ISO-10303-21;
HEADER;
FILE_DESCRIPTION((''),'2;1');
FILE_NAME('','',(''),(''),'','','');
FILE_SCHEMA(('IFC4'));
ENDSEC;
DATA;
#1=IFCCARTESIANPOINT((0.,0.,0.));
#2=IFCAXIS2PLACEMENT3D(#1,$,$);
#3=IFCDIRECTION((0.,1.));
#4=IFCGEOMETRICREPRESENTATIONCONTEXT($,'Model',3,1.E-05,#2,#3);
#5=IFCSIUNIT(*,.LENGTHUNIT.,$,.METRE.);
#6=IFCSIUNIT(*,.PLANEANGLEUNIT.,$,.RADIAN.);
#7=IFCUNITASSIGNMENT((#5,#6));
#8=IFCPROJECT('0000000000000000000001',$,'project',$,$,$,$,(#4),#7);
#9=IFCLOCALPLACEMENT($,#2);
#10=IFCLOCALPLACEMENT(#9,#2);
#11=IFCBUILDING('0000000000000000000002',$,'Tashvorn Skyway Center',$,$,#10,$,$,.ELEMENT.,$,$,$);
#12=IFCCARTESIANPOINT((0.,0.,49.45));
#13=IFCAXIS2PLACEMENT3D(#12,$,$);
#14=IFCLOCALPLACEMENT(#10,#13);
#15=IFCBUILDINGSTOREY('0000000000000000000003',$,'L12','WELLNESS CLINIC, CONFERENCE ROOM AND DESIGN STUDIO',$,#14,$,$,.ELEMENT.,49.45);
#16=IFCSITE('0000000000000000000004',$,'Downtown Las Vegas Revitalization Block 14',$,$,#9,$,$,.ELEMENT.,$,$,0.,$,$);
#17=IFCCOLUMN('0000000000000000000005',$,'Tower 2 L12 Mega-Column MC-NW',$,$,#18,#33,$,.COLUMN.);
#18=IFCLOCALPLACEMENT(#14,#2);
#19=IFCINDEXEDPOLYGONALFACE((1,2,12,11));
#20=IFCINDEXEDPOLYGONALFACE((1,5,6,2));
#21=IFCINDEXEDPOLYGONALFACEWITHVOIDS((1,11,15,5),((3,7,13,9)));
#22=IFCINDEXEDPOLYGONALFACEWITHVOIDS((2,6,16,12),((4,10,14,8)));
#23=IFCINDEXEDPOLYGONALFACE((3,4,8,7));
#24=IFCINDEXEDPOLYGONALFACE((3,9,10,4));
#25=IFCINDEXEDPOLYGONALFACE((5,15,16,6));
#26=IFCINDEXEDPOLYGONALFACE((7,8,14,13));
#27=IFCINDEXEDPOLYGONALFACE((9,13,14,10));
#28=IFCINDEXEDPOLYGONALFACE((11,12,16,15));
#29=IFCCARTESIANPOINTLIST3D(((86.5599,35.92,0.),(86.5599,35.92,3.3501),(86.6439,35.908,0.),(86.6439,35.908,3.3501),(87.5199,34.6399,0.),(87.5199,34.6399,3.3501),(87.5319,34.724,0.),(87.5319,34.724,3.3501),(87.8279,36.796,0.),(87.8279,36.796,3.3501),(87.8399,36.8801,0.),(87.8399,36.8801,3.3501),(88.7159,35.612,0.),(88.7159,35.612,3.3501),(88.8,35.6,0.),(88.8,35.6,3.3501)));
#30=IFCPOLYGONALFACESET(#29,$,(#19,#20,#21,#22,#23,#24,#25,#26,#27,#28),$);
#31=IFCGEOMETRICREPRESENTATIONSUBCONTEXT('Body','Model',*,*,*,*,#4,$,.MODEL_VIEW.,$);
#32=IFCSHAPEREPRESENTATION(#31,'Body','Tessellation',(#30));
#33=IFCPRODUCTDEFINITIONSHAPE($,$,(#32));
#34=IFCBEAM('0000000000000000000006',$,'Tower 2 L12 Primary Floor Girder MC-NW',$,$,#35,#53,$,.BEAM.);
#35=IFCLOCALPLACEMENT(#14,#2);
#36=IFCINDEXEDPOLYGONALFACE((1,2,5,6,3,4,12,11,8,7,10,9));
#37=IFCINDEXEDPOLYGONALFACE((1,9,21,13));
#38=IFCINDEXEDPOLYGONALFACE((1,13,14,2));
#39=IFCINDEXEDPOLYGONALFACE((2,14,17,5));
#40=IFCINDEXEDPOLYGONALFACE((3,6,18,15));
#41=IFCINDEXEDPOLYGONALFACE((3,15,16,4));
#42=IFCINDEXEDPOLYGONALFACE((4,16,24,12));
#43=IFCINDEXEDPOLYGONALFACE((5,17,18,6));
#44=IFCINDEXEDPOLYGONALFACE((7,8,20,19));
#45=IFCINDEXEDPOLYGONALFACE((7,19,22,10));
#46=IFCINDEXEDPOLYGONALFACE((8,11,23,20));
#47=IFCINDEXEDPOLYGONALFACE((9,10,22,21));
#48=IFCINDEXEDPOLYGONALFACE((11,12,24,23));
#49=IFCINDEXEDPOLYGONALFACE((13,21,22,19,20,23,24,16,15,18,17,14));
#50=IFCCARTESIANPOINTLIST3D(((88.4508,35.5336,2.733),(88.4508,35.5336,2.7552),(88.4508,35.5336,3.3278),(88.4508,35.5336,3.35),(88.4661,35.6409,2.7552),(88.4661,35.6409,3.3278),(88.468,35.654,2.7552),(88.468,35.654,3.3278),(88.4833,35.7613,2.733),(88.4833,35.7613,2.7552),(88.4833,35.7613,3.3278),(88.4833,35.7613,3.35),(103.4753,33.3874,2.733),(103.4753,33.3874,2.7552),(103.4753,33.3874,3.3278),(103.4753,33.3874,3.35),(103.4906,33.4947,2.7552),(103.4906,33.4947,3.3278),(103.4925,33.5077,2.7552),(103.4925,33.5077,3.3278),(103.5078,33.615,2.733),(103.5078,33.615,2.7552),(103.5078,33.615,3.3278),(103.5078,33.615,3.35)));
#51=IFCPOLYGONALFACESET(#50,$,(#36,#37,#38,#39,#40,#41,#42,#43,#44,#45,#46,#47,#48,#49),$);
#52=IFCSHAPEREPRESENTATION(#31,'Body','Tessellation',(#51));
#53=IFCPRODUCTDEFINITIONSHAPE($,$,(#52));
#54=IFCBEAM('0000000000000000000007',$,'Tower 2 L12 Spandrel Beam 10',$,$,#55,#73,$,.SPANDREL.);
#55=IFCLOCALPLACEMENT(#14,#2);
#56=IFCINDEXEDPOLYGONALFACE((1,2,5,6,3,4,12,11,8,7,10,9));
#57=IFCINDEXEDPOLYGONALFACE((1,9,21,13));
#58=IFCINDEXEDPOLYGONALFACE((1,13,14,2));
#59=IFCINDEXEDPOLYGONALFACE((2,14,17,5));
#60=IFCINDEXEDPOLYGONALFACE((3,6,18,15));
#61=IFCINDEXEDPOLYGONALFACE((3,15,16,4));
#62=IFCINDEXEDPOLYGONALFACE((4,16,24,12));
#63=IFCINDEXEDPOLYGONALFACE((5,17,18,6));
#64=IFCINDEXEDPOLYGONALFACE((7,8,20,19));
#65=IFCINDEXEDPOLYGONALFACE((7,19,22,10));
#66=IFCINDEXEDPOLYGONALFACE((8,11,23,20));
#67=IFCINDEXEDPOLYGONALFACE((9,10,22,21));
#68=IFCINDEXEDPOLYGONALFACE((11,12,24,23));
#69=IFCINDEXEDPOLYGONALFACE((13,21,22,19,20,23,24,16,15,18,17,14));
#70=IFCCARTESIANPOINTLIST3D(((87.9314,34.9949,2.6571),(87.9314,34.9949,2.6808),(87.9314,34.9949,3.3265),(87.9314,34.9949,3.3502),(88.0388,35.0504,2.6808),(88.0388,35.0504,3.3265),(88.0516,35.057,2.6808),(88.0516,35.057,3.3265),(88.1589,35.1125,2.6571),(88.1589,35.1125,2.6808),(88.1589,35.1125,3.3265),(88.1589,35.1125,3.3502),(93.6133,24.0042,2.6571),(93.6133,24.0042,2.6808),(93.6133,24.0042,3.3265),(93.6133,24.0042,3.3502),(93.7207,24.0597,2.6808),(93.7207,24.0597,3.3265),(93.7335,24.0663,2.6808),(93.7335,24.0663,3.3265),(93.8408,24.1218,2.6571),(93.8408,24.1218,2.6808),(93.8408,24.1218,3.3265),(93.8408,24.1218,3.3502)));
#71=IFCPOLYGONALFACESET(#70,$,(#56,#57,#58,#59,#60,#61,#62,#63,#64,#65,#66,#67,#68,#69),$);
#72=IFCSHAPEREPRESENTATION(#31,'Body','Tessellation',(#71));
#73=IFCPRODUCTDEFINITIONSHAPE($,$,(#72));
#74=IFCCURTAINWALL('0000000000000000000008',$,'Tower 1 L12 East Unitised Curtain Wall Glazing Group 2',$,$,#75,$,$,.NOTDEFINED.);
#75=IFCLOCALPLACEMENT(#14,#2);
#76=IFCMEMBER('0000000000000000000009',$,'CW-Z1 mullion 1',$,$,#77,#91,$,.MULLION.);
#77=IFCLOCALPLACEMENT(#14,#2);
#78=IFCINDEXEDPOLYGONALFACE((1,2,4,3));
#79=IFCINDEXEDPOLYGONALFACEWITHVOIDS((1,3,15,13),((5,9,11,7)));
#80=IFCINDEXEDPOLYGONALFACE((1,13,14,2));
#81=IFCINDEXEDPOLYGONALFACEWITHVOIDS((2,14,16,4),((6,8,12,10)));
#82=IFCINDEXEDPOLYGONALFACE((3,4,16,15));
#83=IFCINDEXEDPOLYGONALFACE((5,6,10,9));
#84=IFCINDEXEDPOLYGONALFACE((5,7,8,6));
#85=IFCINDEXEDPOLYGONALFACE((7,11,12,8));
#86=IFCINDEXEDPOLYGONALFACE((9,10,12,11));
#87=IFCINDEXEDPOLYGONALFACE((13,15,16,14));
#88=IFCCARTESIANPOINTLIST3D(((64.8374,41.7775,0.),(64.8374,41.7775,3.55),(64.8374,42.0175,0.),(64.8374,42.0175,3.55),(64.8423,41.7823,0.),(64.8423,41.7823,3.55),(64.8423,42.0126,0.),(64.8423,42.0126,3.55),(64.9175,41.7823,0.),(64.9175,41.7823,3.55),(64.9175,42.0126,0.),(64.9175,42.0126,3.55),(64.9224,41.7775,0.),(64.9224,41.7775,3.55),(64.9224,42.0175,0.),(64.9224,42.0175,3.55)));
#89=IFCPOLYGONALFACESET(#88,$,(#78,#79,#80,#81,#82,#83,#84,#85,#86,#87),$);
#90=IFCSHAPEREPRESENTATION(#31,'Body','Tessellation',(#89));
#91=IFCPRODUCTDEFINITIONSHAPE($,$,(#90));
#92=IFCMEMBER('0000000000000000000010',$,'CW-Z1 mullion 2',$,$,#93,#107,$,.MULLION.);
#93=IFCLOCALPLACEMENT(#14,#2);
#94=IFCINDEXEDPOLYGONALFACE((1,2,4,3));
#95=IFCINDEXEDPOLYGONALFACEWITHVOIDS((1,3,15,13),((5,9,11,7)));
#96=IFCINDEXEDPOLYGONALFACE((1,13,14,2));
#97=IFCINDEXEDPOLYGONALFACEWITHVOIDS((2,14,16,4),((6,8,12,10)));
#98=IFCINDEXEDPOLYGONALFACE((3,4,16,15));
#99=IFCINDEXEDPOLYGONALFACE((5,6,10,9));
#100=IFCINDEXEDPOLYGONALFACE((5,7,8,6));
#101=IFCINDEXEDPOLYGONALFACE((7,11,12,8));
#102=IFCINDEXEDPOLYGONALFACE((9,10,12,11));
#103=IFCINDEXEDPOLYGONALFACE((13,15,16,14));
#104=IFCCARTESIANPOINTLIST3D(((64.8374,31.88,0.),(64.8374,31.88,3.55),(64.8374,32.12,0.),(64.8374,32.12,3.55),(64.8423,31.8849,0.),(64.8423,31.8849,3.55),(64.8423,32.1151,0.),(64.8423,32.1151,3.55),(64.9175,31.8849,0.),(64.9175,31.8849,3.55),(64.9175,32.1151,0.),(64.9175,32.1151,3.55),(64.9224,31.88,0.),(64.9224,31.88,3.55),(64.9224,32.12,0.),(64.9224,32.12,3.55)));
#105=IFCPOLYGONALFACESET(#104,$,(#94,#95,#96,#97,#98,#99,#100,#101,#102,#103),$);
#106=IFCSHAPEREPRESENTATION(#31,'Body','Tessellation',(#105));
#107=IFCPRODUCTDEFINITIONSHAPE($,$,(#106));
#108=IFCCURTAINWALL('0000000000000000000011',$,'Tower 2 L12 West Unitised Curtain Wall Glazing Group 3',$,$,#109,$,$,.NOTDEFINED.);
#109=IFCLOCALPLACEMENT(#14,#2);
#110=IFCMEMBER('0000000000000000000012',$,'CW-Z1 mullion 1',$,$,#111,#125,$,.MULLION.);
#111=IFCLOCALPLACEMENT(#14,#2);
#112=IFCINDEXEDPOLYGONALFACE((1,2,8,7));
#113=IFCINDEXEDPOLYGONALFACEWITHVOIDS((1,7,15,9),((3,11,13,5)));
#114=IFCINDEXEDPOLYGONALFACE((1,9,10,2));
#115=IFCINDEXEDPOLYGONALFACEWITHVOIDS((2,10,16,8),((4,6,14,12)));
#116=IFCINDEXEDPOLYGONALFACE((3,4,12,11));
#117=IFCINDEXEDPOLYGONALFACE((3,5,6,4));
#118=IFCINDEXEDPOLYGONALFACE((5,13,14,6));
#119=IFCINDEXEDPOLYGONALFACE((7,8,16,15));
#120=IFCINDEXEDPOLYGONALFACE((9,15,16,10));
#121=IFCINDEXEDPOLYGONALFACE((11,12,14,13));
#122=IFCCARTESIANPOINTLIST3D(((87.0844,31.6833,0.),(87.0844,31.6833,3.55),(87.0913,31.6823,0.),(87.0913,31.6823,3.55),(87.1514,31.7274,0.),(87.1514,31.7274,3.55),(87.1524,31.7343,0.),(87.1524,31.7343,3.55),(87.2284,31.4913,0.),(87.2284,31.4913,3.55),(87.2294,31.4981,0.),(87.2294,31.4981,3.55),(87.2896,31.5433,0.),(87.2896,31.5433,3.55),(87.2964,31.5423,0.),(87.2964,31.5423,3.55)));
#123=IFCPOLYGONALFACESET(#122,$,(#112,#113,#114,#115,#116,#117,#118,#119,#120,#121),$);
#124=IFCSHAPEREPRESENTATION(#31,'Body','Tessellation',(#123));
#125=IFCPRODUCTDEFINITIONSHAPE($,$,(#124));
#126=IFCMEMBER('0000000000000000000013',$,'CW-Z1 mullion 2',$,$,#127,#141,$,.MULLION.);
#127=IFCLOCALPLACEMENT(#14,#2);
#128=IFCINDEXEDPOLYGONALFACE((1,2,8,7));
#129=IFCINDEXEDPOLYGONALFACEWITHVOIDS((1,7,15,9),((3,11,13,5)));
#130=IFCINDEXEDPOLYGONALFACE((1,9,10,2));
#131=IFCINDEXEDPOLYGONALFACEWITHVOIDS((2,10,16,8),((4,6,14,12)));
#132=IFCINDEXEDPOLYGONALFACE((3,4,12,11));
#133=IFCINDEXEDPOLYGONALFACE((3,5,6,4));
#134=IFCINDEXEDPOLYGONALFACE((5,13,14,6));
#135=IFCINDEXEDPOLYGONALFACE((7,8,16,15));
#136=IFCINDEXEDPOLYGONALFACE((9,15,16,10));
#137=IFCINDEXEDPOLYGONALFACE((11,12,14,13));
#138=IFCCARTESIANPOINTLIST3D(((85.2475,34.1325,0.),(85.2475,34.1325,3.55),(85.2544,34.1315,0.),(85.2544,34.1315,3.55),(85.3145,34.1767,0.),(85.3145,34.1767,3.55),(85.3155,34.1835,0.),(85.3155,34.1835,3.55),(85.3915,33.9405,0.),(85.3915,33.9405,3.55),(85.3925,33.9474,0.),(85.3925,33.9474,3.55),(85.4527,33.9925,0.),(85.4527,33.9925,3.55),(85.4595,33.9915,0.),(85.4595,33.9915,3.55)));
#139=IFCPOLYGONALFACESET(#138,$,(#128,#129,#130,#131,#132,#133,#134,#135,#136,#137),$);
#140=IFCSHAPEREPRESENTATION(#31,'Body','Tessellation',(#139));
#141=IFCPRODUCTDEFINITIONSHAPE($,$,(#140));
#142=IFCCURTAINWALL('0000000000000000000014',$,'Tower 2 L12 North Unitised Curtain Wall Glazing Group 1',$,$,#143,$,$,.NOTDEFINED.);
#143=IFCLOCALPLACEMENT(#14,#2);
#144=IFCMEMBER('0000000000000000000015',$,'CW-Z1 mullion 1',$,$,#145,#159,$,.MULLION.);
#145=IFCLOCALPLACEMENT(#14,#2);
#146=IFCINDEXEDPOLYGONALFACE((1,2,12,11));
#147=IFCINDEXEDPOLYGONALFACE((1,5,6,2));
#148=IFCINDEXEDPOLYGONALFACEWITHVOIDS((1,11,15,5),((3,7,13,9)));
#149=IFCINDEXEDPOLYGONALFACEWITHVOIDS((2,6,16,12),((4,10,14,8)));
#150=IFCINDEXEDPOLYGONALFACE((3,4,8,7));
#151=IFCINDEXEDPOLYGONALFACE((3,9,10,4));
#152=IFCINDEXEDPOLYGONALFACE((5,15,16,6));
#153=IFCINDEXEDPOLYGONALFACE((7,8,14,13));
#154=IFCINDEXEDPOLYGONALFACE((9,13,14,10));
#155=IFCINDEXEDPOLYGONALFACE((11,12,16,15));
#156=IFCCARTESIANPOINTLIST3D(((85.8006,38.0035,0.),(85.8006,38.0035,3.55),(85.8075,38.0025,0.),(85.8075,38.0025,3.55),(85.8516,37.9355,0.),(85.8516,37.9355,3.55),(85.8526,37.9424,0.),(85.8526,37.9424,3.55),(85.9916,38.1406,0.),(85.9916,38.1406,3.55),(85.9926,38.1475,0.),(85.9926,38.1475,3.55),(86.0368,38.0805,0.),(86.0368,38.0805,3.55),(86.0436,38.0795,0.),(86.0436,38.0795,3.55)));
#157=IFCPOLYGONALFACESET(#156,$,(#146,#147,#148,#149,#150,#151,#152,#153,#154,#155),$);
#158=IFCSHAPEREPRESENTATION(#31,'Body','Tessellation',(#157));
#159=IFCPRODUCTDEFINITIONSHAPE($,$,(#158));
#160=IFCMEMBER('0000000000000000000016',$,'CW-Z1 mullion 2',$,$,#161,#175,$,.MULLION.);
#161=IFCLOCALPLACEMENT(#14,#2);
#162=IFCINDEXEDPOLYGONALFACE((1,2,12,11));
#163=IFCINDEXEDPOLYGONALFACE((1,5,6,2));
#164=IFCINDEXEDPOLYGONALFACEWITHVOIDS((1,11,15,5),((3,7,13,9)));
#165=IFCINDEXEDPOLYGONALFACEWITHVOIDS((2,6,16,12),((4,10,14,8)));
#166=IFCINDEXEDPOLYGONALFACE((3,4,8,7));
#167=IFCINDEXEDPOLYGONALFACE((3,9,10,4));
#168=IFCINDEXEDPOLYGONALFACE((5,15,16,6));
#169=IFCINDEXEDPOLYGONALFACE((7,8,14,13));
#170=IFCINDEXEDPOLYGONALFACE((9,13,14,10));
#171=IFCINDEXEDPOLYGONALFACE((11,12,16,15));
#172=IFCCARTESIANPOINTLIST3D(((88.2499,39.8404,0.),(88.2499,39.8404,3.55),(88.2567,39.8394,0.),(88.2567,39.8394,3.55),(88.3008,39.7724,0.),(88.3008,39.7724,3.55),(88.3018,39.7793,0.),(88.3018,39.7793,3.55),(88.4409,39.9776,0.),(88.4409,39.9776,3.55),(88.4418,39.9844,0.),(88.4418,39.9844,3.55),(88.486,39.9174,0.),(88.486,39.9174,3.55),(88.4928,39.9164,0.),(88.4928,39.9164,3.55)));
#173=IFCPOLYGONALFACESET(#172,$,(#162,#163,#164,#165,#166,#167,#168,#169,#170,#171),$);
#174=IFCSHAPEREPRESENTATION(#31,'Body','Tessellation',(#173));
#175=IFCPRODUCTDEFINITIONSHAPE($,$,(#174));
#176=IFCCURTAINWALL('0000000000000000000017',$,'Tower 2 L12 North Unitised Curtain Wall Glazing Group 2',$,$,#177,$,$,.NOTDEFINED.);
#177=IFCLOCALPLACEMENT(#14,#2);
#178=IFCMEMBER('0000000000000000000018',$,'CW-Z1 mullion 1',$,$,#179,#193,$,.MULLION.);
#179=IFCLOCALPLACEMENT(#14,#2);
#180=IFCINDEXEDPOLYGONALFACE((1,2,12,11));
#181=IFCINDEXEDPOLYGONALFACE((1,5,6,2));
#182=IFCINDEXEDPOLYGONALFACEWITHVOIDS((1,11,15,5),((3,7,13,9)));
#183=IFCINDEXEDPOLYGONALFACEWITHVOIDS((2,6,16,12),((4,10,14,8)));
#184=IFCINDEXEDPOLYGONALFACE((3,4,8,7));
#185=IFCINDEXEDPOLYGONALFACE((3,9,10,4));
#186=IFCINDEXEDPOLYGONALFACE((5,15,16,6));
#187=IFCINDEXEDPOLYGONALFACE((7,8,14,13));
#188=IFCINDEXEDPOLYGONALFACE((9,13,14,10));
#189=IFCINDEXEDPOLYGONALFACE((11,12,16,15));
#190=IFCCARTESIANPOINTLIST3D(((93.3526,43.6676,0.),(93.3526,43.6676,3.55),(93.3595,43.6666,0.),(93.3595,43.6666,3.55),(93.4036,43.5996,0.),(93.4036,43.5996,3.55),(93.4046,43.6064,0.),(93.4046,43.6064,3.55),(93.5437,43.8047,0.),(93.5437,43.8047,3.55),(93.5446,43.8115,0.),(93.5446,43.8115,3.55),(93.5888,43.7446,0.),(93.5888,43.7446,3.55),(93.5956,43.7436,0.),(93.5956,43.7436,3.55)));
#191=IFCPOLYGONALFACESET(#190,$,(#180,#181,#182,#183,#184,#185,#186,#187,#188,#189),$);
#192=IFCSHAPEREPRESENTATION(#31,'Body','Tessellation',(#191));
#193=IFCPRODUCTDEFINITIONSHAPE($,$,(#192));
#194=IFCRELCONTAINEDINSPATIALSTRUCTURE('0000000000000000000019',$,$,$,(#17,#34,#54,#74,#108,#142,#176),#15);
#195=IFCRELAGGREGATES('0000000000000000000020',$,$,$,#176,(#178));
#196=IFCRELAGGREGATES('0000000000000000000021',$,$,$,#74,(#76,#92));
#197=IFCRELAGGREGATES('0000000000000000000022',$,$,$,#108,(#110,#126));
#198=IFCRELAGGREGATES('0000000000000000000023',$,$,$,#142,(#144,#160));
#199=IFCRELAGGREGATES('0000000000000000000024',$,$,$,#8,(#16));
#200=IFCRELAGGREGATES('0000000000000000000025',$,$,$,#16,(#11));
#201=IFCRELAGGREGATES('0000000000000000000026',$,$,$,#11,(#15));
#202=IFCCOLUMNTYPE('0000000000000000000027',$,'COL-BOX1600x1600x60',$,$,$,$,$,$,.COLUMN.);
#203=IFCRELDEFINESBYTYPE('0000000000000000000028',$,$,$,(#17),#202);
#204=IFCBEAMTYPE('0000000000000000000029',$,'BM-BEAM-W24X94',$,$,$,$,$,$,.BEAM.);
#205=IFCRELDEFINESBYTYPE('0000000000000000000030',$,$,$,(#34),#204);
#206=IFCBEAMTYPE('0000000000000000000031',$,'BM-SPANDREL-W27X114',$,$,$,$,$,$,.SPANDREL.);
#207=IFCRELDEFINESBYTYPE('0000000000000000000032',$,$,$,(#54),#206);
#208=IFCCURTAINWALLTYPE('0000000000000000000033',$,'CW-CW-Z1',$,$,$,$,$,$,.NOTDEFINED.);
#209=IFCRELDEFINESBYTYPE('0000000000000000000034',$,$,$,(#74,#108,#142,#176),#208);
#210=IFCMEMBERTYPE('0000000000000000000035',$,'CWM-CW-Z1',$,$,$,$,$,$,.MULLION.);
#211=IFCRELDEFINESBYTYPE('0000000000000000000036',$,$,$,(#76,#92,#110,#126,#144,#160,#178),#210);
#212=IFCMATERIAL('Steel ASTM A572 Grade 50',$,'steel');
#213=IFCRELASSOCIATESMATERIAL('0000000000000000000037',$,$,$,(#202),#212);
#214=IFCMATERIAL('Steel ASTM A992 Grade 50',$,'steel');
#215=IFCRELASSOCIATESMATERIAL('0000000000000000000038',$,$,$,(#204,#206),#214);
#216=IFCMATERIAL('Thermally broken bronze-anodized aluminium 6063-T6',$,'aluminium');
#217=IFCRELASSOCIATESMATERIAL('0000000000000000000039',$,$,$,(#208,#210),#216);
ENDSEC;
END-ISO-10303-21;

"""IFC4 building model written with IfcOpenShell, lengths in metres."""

from ifc_helpers import new_model, si_unit, direction, frame, origin, origin_2d, place, context, subcontext, project, spatial, hollow_rectangle, i_section, extrude, material, material_profile, profile_set, type_object, element, aggregate, save


model = new_model("IFC4")

# Units and contexts
model_context = context("Model", 3, precision=1e-05, world=origin(), true_north=direction((0.0, 1.0)))
body_context = subcontext(model_context, "Body", "Model", "MODEL_VIEW")
ifc_project = project(units=[si_unit("LENGTHUNIT", "METRE"), si_unit("PLANEANGLEUNIT", "RADIAN")], contexts=[model_context])

# Site, building, storey
site_placement = place(None, origin())
site = spatial("IfcSite", under=ifc_project, at=site_placement, Name="Downtown Las Vegas Revitalization Block 14", CompositionType="ELEMENT", RefElevation=0.0)
building_placement = place(site_placement, origin())
building = spatial("IfcBuilding", under=site, at=building_placement, Name="Tashvorn Skyway Center", CompositionType="ELEMENT")
storey_placement = place(building_placement, frame((0.0, 0.0, 49.45)))
storey = spatial("IfcBuildingStorey", under=building, at=storey_placement, Name="L12", Description="WELLNESS CLINIC, CONFERENCE ROOM AND DESIGN STUDIO", CompositionType="ELEMENT", Elevation=49.45)

# Column
ifc_material_1 = material(Name="Steel ASTM A572 Grade 50", Category="steel")
ifc_material_profile_1 = material_profile(ifc_material_1, hollow_rectangle(XDim=1.6001, YDim=1.6001, WallThickness=0.0601, at=origin_2d()), Name="BOX1600x1600x60")
ifc_profile_set_1 = profile_set([ifc_material_profile_1], Name="Steel ASTM A572 Grade 50")
column_type = type_object("IfcColumnType", Name="COL-BOX1600x1600x60", PredefinedType="COLUMN", material=ifc_profile_set_1)
column_placement = place(storey_placement, frame((87.6799, 35.76, 0.0), z_axis=(0.0, 0.0, 1.0), x_axis=(0.8, 0.6, 0.0)))
element("IfcColumn", 1, at=column_placement, inside=storey, type_object=column_type, Name="Tower 2 L12 Mega-Column MC-NW", PredefinedType="COLUMN", context=body_context, shape_type="SweptSolid", body=[
    extrude(hollow_rectangle(XDim=1.6001, YDim=1.6001, WallThickness=0.0601, at=origin_2d()), origin(), (0.0, 0.0, 1.0), 3.3501),
])

# Beams
ifc_material_2 = material(Name="Steel ASTM A992 Grade 50", Category="steel")
ifc_material_profile_2 = material_profile(ifc_material_2, i_section(OverallWidth=0.23, OverallDepth=0.6169, WebThickness=0.0132, FlangeThickness=0.0222, at=origin_2d()), Name="W24X94")
ifc_profile_set_2 = profile_set([ifc_material_profile_2], Name="Steel ASTM A992 Grade 50")
beam_type_1 = type_object("IfcBeamType", Name="BM-BEAM-W24X94", PredefinedType="BEAM", material=ifc_profile_set_2)
beam_1_placement = place(storey_placement, frame((88.467, 35.6475, 3.0415), z_axis=(0.98995, -0.141415, 0.0), x_axis=(0.141415, 0.98995, 0.0)))
element("IfcBeam", 2, at=beam_1_placement, inside=storey, type_object=beam_type_1, Name="Tower 2 L12 Primary Floor Girder MC-NW", PredefinedType="BEAM", context=body_context, shape_type="SweptSolid", body=[
    extrude(i_section(OverallWidth=0.23, OverallDepth=0.6169, WebThickness=0.0132, FlangeThickness=0.0222, at=origin_2d()), origin(), (0.0, 0.0, 1.0), 15.177),
])
ifc_material_profile_3 = material_profile(ifc_material_2, i_section(OverallWidth=0.2561, OverallDepth=0.6931, WebThickness=0.0144, FlangeThickness=0.0237, at=origin_2d()), Name="W27X114")
ifc_profile_set_3 = profile_set([ifc_material_profile_3], Name="Steel ASTM A992 Grade 50")
beam_type_2 = type_object("IfcBeamType", Name="BM-SPANDREL-W27X114", PredefinedType="SPANDREL", material=ifc_profile_set_3)
beam_2_placement = place(storey_placement, frame((88.0452, 35.0537, 3.0037), z_axis=(0.459233, -0.888316, 0.0), x_axis=(0.888316, 0.459233, 0.0)))
element("IfcBeam", 3, at=beam_2_placement, inside=storey, type_object=beam_type_2, Name="Tower 2 L12 Spandrel Beam 10", PredefinedType="SPANDREL", context=body_context, shape_type="SweptSolid", body=[
    extrude(i_section(OverallWidth=0.2561, OverallDepth=0.6931, WebThickness=0.0144, FlangeThickness=0.0237, at=origin_2d()), origin(), (0.0, 0.0, 1.0), 12.3726),
])

# Curtain walls, members
ifc_material_3 = material(Name="Thermally broken bronze-anodized aluminium 6063-T6", Category="aluminium")
curtain_wall_type = type_object("IfcCurtainWallType", Name="CW-CW-Z1", PredefinedType="NOTDEFINED", material=ifc_material_3)
curtain_wall_1_placement = place(storey_placement, origin())
curtain_wall_1 = element("IfcCurtainWall", 4, at=curtain_wall_1_placement, inside=storey, type_object=curtain_wall_type, Name="Tower 1 L12 East Unitised Curtain Wall Glazing Group 2", PredefinedType="NOTDEFINED")
ifc_material_profile_4 = material_profile(ifc_material_3, hollow_rectangle(XDim=0.085, YDim=0.24, WallThickness=0.0049, at=origin_2d()), Name="ALU-MULL-85x240")
ifc_profile_set_4 = profile_set([ifc_material_profile_4], Name="Thermally broken bronze-anodized aluminium 6063-T6")
member_type_1 = type_object("IfcMemberType", Name="CWM-CW-Z1", PredefinedType="MULLION", material=ifc_profile_set_4)
member_1_placement = place(storey_placement, frame((64.8799, 41.8975, 0.0), z_axis=(0.0, 0.0, 1.0), x_axis=(1.0, 0.0, 0.0)))
member_1 = element("IfcMember", 5, at=member_1_placement, type_object=member_type_1, Name="CW-Z1 mullion 1", PredefinedType="MULLION", context=body_context, shape_type="SweptSolid", body=[
    extrude(hollow_rectangle(XDim=0.085, YDim=0.24, WallThickness=0.0049, at=origin_2d()), origin(), (0.0, 0.0, 1.0), 3.55),
])
member_2_placement = place(storey_placement, frame((64.8799, 32.0, 0.0), z_axis=(0.0, 0.0, 1.0), x_axis=(1.0, 0.0, 0.0)))
member_2 = element("IfcMember", 6, at=member_2_placement, type_object=member_type_1, Name="CW-Z1 mullion 2", PredefinedType="MULLION", context=body_context, shape_type="SweptSolid", body=[
    extrude(hollow_rectangle(XDim=0.085, YDim=0.24, WallThickness=0.0049, at=origin_2d()), origin(), (0.0, 0.0, 1.0), 3.55),
])
curtain_wall_2_placement = place(storey_placement, origin())
curtain_wall_2 = element("IfcCurtainWall", 7, at=curtain_wall_2_placement, inside=storey, type_object=curtain_wall_type, Name="Tower 2 L12 West Unitised Curtain Wall Glazing Group 3", PredefinedType="NOTDEFINED")
member_3_placement = place(storey_placement, frame((87.1904, 31.6128, 0.0), z_axis=(0.0, 0.0, 1.0), x_axis=(-0.799996, -0.600005, 0.0)))
member_3 = element("IfcMember", 8, at=member_3_placement, type_object=member_type_1, Name="CW-Z1 mullion 1", PredefinedType="MULLION", context=body_context, shape_type="SweptSolid", body=[
    extrude(hollow_rectangle(XDim=0.085, YDim=0.24, WallThickness=0.0049, at=origin_2d()), origin(), (0.0, 0.0, 1.0), 3.55),
])
member_4_placement = place(storey_placement, frame((85.3535, 34.062, 0.0), z_axis=(0.0, 0.0, 1.0), x_axis=(-0.799996, -0.600005, 0.0)))
member_4 = element("IfcMember", 9, at=member_4_placement, type_object=member_type_1, Name="CW-Z1 mullion 2", PredefinedType="MULLION", context=body_context, shape_type="SweptSolid", body=[
    extrude(hollow_rectangle(XDim=0.085, YDim=0.24, WallThickness=0.0049, at=origin_2d()), origin(), (0.0, 0.0, 1.0), 3.55),
])
curtain_wall_3_placement = place(storey_placement, origin())
curtain_wall_3 = element("IfcCurtainWall", 10, at=curtain_wall_3_placement, inside=storey, type_object=curtain_wall_type, Name="Tower 2 L12 North Unitised Curtain Wall Glazing Group 1", PredefinedType="NOTDEFINED")
member_5_placement = place(storey_placement, frame((85.9221, 38.0415, 0.0), z_axis=(0.0, 0.0, 1.0), x_axis=(-0.600005, 0.799996, 0.0)))
member_5 = element("IfcMember", 11, at=member_5_placement, type_object=member_type_1, Name="CW-Z1 mullion 1", PredefinedType="MULLION", context=body_context, shape_type="SweptSolid", body=[
    extrude(hollow_rectangle(XDim=0.085, YDim=0.24, WallThickness=0.0049, at=origin_2d()), origin(), (0.0, 0.0, 1.0), 3.55),
])
member_6_placement = place(storey_placement, frame((88.3713, 39.8784, 0.0), z_axis=(0.0, 0.0, 1.0), x_axis=(-0.600005, 0.799996, 0.0)))
member_6 = element("IfcMember", 12, at=member_6_placement, type_object=member_type_1, Name="CW-Z1 mullion 2", PredefinedType="MULLION", context=body_context, shape_type="SweptSolid", body=[
    extrude(hollow_rectangle(XDim=0.085, YDim=0.24, WallThickness=0.0049, at=origin_2d()), origin(), (0.0, 0.0, 1.0), 3.55),
])

# Curtain wall, member
curtain_wall_4_placement = place(storey_placement, origin())
curtain_wall_4 = element("IfcCurtainWall", 13, at=curtain_wall_4_placement, inside=storey, type_object=curtain_wall_type, Name="Tower 2 L12 North Unitised Curtain Wall Glazing Group 2", PredefinedType="NOTDEFINED")
member_7_placement = place(storey_placement, frame((93.4741, 43.7056, 0.0), z_axis=(0.0, 0.0, 1.0), x_axis=(-0.6, 0.8, 0.0)))
member_7 = element("IfcMember", 14, at=member_7_placement, type_object=member_type_1, Name="CW-Z1 mullion 1", PredefinedType="MULLION", context=body_context, shape_type="SweptSolid", body=[
    extrude(hollow_rectangle(XDim=0.085, YDim=0.24, WallThickness=0.0049, at=origin_2d()), origin(), (0.0, 0.0, 1.0), 3.55),
])

aggregate(curtain_wall_4, [member_7])

aggregate(curtain_wall_1, [member_1, member_2])
aggregate(curtain_wall_2, [member_3, member_4])
aggregate(curtain_wall_3, [member_5, member_6])

save(model, "model.ifc")
